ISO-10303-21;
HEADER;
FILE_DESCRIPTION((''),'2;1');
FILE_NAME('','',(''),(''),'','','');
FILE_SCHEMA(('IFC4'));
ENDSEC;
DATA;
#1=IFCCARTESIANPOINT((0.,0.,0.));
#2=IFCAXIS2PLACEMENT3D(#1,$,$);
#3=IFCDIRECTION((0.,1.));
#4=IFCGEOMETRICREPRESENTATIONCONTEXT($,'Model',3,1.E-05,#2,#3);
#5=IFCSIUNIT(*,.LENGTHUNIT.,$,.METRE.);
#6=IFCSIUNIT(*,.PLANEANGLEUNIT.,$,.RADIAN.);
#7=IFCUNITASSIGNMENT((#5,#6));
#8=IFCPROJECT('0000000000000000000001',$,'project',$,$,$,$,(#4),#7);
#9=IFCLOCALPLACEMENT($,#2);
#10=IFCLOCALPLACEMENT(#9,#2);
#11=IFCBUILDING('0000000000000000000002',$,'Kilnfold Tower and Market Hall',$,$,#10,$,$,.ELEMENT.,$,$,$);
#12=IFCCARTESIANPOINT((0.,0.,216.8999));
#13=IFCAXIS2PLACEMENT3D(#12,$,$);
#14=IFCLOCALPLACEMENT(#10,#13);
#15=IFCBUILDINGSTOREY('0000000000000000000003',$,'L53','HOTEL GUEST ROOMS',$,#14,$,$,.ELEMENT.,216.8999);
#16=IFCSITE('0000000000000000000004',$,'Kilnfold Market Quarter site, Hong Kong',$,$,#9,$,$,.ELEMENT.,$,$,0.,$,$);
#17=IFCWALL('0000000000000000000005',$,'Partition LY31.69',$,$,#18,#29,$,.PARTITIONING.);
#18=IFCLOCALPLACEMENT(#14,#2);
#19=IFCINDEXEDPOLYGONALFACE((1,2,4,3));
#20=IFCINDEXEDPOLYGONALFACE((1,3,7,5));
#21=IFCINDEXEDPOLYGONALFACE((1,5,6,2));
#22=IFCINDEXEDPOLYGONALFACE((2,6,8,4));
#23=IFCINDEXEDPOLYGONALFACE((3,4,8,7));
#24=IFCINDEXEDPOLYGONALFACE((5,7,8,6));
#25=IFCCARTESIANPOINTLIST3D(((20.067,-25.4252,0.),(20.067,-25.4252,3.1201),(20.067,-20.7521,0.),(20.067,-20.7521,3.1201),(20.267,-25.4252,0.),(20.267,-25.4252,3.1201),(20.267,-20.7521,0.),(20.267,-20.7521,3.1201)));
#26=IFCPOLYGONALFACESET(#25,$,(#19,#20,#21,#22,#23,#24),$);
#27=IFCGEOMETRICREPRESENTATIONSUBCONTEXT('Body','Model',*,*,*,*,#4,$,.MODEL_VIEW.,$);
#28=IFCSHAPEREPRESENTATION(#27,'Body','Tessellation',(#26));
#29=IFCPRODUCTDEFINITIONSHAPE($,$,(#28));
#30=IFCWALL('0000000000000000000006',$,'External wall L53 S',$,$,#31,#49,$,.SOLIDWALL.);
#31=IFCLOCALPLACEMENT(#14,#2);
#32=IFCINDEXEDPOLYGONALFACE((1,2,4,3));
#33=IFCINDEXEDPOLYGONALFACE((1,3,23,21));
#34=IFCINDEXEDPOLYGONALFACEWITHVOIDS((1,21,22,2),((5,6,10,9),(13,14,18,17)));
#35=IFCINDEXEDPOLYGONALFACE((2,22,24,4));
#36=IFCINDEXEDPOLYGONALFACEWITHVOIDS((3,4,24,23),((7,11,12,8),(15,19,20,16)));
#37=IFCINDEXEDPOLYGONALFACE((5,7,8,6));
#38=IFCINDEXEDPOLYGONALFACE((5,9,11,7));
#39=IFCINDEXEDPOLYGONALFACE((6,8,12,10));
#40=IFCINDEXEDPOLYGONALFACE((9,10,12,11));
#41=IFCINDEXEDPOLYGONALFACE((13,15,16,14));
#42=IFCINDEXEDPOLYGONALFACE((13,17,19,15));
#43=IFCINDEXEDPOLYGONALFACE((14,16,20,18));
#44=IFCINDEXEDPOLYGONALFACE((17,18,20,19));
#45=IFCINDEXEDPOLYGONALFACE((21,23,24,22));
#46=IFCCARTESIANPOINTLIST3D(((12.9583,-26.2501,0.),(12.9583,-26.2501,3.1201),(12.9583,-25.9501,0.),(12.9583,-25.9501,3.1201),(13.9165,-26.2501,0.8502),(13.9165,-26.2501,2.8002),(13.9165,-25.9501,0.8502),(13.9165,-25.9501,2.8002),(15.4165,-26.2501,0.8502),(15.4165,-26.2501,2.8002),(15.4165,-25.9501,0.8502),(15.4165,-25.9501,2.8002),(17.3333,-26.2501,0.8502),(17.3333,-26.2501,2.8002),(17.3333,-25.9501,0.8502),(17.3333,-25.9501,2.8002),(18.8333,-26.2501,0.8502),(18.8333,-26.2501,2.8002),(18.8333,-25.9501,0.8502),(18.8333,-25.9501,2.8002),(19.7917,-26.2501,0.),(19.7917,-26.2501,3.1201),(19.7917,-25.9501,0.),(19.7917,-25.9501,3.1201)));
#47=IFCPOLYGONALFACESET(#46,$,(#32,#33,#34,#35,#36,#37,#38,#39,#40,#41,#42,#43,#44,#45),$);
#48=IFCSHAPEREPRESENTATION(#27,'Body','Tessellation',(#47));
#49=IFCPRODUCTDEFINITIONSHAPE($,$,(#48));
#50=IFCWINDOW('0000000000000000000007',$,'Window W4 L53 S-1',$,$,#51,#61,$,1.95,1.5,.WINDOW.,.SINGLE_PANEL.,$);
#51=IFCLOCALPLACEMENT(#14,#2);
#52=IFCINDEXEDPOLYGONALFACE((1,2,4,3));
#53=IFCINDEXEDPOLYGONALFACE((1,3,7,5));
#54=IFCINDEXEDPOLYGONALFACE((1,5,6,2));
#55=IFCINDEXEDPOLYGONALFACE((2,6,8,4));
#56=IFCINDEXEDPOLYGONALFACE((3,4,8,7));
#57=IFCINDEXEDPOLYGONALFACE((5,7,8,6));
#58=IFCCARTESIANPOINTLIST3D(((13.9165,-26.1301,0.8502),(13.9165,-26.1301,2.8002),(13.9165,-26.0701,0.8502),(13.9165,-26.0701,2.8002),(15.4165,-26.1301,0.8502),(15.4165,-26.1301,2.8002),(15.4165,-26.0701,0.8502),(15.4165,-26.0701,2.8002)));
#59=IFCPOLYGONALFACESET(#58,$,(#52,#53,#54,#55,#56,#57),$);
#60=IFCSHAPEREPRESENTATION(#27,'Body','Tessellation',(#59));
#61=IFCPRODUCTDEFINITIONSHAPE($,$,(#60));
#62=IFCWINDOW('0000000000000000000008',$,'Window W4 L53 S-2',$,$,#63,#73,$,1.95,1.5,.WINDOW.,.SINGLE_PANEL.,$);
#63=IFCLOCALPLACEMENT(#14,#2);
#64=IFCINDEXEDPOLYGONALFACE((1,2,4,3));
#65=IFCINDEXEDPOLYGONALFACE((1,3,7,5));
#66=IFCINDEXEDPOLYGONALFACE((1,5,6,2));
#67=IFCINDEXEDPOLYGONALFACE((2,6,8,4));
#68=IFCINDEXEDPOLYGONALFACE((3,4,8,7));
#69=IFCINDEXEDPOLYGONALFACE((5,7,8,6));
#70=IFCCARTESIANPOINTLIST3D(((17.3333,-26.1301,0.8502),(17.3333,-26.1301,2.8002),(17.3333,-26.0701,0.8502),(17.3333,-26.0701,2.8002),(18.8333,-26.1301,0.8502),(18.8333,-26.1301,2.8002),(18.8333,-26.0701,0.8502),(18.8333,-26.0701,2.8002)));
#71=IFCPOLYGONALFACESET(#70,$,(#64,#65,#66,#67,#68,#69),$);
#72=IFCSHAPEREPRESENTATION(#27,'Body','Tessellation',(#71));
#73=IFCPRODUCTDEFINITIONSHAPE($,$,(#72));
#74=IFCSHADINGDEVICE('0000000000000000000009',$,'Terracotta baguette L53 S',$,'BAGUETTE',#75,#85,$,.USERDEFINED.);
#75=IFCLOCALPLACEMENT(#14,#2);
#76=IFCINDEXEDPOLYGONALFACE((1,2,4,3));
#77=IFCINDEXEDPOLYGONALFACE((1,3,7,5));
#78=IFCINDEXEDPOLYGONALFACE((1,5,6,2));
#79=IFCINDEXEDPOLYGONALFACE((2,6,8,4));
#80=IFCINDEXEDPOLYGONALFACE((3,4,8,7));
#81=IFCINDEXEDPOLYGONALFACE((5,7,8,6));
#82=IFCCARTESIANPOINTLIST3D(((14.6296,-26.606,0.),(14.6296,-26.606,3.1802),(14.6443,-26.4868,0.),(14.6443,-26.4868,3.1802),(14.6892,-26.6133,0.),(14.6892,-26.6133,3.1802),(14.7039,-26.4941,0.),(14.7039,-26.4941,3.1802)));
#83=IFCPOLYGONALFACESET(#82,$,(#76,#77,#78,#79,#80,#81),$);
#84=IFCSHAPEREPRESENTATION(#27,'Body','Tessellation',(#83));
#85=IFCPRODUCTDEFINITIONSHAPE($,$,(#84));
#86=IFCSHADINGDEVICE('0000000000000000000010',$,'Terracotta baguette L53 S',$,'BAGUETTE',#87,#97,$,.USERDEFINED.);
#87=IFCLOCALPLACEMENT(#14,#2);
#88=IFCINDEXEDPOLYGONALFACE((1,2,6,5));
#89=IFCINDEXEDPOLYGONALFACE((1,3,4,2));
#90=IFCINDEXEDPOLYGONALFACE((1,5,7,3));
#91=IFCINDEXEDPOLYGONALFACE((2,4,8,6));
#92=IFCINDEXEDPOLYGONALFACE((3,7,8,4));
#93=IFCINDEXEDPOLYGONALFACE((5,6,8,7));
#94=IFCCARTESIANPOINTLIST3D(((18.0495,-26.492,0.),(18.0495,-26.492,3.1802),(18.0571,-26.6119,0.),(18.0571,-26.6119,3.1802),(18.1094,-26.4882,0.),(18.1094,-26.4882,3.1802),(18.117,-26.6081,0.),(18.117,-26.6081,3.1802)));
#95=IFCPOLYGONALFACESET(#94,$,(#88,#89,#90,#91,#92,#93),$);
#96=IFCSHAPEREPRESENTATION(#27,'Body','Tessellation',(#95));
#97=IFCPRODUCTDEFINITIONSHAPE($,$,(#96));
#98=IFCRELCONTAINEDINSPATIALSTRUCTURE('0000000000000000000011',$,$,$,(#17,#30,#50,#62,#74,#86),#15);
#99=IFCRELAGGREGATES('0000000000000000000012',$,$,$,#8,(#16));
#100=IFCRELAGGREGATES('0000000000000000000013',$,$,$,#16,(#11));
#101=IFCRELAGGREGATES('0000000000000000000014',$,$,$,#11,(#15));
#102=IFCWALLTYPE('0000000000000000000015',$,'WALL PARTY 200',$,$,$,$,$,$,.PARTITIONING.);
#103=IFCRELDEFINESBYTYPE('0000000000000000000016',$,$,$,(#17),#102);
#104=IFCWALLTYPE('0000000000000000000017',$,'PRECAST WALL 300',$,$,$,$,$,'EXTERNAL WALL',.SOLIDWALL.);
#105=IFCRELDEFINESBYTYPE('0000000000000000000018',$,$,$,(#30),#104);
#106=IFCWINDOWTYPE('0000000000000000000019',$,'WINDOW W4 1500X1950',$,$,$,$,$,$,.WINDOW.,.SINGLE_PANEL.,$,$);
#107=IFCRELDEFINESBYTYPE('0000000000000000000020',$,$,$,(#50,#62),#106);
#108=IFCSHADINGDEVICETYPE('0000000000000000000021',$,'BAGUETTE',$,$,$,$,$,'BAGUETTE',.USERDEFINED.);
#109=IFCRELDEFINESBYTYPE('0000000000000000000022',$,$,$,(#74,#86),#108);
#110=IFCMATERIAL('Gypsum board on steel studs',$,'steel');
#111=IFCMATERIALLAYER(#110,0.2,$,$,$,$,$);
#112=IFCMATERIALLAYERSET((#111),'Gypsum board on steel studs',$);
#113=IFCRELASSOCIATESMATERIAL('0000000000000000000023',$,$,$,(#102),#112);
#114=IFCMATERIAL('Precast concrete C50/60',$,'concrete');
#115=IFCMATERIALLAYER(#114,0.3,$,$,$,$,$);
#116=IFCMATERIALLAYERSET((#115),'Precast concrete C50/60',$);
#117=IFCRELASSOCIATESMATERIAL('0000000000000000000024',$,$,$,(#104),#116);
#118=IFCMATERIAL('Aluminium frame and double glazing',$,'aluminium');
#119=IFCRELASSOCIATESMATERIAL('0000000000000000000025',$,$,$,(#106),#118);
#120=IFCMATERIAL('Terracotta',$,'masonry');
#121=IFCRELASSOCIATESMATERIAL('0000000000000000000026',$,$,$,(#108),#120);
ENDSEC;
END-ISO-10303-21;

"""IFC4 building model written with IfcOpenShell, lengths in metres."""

from ifc_helpers import new_model, si_unit, direction, frame, frame_2d, origin, origin_2d, place, context, subcontext, project, spatial, rectangle, extrude, source, transform, mapped, material, layer, layer_set, material_profile, profile_set, type_object, element, fill, save


model = new_model("IFC4")

# Units and contexts
model_context = context("Model", 3, precision=1e-05, world=origin(), true_north=direction((0.0, 1.0)))
body_context = subcontext(model_context, "Body", "Model", "MODEL_VIEW")
ifc_project = project(units=[si_unit("LENGTHUNIT", "METRE"), si_unit("PLANEANGLEUNIT", "RADIAN")], contexts=[model_context])

# Site, building, storey
site_placement = place(None, origin())
site = spatial("IfcSite", under=ifc_project, at=site_placement, Name="Kilnfold Market Quarter site, Hong Kong", CompositionType="ELEMENT", RefElevation=0.0)
building_placement = place(site_placement, origin())
building = spatial("IfcBuilding", under=site, at=building_placement, Name="Kilnfold Tower and Market Hall", CompositionType="ELEMENT")
storey_placement = place(building_placement, frame((0.0, 0.0, 216.8999)))
storey = spatial("IfcBuildingStorey", under=building, at=storey_placement, Name="L53", Description="HOTEL GUEST ROOMS", CompositionType="ELEMENT", Elevation=216.8999)

# Wall
ifc_material_1 = material(Name="Gypsum board on steel studs", Category="steel")
ifc_layer_1 = layer(ifc_material_1, 0.2)
ifc_layer_set_1 = layer_set([ifc_layer_1], Name="Gypsum board on steel studs")
wall_type_1 = type_object("IfcWallType", Name="WALL PARTY 200", PredefinedType="PARTITIONING", material=ifc_layer_set_1)
wall_1_placement = place(storey_placement, frame((20.167, -25.425, 0.0), z_axis=(0.0, 0.0, 1.0), x_axis=(0.0, 1.0, 0.0)))
element("IfcWall", 1, at=wall_1_placement, inside=storey, type_object=wall_type_1, Name="Partition LY31.69", PredefinedType="PARTITIONING", context=body_context, shape_type="SweptSolid", body=[
    extrude(rectangle(XDim=4.6731, YDim=0.2, at=frame_2d((2.3364, 0.0))), origin(), (0.0, 0.0, 1.0), 3.1201),
])

# Wall, openings, windows
ifc_material_2 = material(Name="Precast concrete C50/60", Category="concrete")
ifc_layer_2 = layer(ifc_material_2, 0.3)
ifc_layer_set_2 = layer_set([ifc_layer_2], Name="Precast concrete C50/60")
wall_type_2 = type_object("IfcWallType", Name="PRECAST WALL 300", ElementType="EXTERNAL WALL", PredefinedType="SOLIDWALL", material=ifc_layer_set_2)
shared_shape_1 = source(origin(), body_context, "Body", "SweptSolid", [
    extrude(rectangle(XDim=6.8335, YDim=0.3, at=frame_2d((3.4167, 0.0))), origin(), (0.0, 0.0, 1.0), 3.1201),
])
wall_2_placement = place(storey_placement, frame((12.9583, -26.1001, 0.0), z_axis=(0.0, 0.0, 1.0), x_axis=(1.0, 0.0, 0.0)))
wall_2 = element("IfcWall", 2, at=wall_2_placement, inside=storey, type_object=wall_type_2, Name="External wall L53 S", PredefinedType="SOLIDWALL", context=body_context, shape_type="MappedRepresentation", body=[
    mapped(shared_shape_1, transform((0.0, 0.0, 0.0))),
])
opening_1_placement = place(wall_2_placement, frame((0.9583, 0.0, 0.8501)))
opening_1 = element("IfcOpeningElement", 3, at=opening_1_placement, cuts=wall_2, PredefinedType="OPENING", context=body_context, shape_type="SweptSolid", body=[
    extrude(rectangle(XDim=1.5, YDim=1.95, at=frame_2d((0.75, 0.9751))), frame((0.0, 0.1602, 0.0), z_axis=(0.0, -1.0, 0.0), x_axis=(1.0, 0.0, 0.0)), (0.0, 0.0, 1.0), 0.3201),
])
opening_2_placement = place(wall_2_placement, frame((4.375, 0.0, 0.8501)))
opening_2 = element("IfcOpeningElement", 4, at=opening_2_placement, cuts=wall_2, PredefinedType="OPENING", context=body_context, shape_type="SweptSolid", body=[
    extrude(rectangle(XDim=1.5, YDim=1.95, at=frame_2d((0.75, 0.9751))), frame((0.0, 0.1602, 0.0), z_axis=(0.0, -1.0, 0.0), x_axis=(1.0, 0.0, 0.0)), (0.0, 0.0, 1.0), 0.3201),
])
ifc_material_3 = material(Name="Aluminium frame and double glazing", Category="aluminium")
window_type = type_object("IfcWindowType", Name="WINDOW W4 1500X1950", PartitioningType="SINGLE_PANEL", PredefinedType="WINDOW", material=ifc_material_3)
window_1_placement = place(opening_1_placement, origin())
window_1 = element("IfcWindow", 5, at=window_1_placement, inside=storey, type_object=window_type, Name="Window W4 L53 S-1", OverallHeight=1.95, OverallWidth=1.5, PartitioningType="SINGLE_PANEL", PredefinedType="WINDOW", context=body_context, shape_type="SweptSolid", body=[
    extrude(rectangle(XDim=1.5, YDim=1.95, at=frame_2d((0.75, 0.9751))), frame((0.0, 0.03, 0.0), z_axis=(0.0, -1.0, 0.0), x_axis=(1.0, 0.0, 0.0)), (0.0, 0.0, 1.0), 0.0601),
])
fill(opening_1, window_1)
window_2_placement = place(opening_2_placement, origin())
window_2 = element("IfcWindow", 6, at=window_2_placement, inside=storey, type_object=window_type, Name="Window W4 L53 S-2", OverallHeight=1.95, OverallWidth=1.5, PartitioningType="SINGLE_PANEL", PredefinedType="WINDOW", context=body_context, shape_type="SweptSolid", body=[
    extrude(rectangle(XDim=1.5, YDim=1.95, at=frame_2d((0.75, 0.9751))), frame((0.0, 0.03, 0.0), z_axis=(0.0, -1.0, 0.0), x_axis=(1.0, 0.0, 0.0)), (0.0, 0.0, 1.0), 0.0601),
])
fill(opening_2, window_2)

# Shading devices
ifc_material_4 = material(Name="Terracotta", Category="masonry")
ifc_material_profile_1 = material_profile(ifc_material_4, rectangle(XDim=0.0601, YDim=0.1201, at=origin_2d()), Name="BAG 60x120")
ifc_profile_set_1 = profile_set([ifc_material_profile_1], Name="Terracotta")
shading_device_type = type_object("IfcShadingDeviceType", Name="BAGUETTE", ElementType="BAGUETTE", PredefinedType="USERDEFINED", material=ifc_profile_set_1)
shared_shape_2 = source(origin(), body_context, "Body", "SweptSolid", [
    extrude(rectangle(XDim=0.0601, YDim=0.1201, at=origin_2d()), origin(), (0.0, 0.0, 1.0), 3.1802),
])
for number, where, z_axis, x_axis, name in (
    (7, (14.6667, -26.55, 0.0), (0.0, 0.0, 1.0), (0.992548, -0.12185, 0.0), "Terracotta baguette L53 S"),
    (8, (18.0833, -26.55, 0.0), (0.0, 0.0, 1.0), (0.998015, 0.062975, 0.0), "Terracotta baguette L53 S"),
):
    element("IfcShadingDevice", number, at=place(storey_placement, frame(where, z_axis=z_axis, x_axis=x_axis)), inside=storey, type_object=shading_device_type, Name=name, ObjectType="BAGUETTE", PredefinedType="USERDEFINED", context=body_context, shape_type="MappedRepresentation", body=[
        mapped(shared_shape_2, transform((0.0, 0.0, 0.0))),
    ])

save(model, "model.ifc")
